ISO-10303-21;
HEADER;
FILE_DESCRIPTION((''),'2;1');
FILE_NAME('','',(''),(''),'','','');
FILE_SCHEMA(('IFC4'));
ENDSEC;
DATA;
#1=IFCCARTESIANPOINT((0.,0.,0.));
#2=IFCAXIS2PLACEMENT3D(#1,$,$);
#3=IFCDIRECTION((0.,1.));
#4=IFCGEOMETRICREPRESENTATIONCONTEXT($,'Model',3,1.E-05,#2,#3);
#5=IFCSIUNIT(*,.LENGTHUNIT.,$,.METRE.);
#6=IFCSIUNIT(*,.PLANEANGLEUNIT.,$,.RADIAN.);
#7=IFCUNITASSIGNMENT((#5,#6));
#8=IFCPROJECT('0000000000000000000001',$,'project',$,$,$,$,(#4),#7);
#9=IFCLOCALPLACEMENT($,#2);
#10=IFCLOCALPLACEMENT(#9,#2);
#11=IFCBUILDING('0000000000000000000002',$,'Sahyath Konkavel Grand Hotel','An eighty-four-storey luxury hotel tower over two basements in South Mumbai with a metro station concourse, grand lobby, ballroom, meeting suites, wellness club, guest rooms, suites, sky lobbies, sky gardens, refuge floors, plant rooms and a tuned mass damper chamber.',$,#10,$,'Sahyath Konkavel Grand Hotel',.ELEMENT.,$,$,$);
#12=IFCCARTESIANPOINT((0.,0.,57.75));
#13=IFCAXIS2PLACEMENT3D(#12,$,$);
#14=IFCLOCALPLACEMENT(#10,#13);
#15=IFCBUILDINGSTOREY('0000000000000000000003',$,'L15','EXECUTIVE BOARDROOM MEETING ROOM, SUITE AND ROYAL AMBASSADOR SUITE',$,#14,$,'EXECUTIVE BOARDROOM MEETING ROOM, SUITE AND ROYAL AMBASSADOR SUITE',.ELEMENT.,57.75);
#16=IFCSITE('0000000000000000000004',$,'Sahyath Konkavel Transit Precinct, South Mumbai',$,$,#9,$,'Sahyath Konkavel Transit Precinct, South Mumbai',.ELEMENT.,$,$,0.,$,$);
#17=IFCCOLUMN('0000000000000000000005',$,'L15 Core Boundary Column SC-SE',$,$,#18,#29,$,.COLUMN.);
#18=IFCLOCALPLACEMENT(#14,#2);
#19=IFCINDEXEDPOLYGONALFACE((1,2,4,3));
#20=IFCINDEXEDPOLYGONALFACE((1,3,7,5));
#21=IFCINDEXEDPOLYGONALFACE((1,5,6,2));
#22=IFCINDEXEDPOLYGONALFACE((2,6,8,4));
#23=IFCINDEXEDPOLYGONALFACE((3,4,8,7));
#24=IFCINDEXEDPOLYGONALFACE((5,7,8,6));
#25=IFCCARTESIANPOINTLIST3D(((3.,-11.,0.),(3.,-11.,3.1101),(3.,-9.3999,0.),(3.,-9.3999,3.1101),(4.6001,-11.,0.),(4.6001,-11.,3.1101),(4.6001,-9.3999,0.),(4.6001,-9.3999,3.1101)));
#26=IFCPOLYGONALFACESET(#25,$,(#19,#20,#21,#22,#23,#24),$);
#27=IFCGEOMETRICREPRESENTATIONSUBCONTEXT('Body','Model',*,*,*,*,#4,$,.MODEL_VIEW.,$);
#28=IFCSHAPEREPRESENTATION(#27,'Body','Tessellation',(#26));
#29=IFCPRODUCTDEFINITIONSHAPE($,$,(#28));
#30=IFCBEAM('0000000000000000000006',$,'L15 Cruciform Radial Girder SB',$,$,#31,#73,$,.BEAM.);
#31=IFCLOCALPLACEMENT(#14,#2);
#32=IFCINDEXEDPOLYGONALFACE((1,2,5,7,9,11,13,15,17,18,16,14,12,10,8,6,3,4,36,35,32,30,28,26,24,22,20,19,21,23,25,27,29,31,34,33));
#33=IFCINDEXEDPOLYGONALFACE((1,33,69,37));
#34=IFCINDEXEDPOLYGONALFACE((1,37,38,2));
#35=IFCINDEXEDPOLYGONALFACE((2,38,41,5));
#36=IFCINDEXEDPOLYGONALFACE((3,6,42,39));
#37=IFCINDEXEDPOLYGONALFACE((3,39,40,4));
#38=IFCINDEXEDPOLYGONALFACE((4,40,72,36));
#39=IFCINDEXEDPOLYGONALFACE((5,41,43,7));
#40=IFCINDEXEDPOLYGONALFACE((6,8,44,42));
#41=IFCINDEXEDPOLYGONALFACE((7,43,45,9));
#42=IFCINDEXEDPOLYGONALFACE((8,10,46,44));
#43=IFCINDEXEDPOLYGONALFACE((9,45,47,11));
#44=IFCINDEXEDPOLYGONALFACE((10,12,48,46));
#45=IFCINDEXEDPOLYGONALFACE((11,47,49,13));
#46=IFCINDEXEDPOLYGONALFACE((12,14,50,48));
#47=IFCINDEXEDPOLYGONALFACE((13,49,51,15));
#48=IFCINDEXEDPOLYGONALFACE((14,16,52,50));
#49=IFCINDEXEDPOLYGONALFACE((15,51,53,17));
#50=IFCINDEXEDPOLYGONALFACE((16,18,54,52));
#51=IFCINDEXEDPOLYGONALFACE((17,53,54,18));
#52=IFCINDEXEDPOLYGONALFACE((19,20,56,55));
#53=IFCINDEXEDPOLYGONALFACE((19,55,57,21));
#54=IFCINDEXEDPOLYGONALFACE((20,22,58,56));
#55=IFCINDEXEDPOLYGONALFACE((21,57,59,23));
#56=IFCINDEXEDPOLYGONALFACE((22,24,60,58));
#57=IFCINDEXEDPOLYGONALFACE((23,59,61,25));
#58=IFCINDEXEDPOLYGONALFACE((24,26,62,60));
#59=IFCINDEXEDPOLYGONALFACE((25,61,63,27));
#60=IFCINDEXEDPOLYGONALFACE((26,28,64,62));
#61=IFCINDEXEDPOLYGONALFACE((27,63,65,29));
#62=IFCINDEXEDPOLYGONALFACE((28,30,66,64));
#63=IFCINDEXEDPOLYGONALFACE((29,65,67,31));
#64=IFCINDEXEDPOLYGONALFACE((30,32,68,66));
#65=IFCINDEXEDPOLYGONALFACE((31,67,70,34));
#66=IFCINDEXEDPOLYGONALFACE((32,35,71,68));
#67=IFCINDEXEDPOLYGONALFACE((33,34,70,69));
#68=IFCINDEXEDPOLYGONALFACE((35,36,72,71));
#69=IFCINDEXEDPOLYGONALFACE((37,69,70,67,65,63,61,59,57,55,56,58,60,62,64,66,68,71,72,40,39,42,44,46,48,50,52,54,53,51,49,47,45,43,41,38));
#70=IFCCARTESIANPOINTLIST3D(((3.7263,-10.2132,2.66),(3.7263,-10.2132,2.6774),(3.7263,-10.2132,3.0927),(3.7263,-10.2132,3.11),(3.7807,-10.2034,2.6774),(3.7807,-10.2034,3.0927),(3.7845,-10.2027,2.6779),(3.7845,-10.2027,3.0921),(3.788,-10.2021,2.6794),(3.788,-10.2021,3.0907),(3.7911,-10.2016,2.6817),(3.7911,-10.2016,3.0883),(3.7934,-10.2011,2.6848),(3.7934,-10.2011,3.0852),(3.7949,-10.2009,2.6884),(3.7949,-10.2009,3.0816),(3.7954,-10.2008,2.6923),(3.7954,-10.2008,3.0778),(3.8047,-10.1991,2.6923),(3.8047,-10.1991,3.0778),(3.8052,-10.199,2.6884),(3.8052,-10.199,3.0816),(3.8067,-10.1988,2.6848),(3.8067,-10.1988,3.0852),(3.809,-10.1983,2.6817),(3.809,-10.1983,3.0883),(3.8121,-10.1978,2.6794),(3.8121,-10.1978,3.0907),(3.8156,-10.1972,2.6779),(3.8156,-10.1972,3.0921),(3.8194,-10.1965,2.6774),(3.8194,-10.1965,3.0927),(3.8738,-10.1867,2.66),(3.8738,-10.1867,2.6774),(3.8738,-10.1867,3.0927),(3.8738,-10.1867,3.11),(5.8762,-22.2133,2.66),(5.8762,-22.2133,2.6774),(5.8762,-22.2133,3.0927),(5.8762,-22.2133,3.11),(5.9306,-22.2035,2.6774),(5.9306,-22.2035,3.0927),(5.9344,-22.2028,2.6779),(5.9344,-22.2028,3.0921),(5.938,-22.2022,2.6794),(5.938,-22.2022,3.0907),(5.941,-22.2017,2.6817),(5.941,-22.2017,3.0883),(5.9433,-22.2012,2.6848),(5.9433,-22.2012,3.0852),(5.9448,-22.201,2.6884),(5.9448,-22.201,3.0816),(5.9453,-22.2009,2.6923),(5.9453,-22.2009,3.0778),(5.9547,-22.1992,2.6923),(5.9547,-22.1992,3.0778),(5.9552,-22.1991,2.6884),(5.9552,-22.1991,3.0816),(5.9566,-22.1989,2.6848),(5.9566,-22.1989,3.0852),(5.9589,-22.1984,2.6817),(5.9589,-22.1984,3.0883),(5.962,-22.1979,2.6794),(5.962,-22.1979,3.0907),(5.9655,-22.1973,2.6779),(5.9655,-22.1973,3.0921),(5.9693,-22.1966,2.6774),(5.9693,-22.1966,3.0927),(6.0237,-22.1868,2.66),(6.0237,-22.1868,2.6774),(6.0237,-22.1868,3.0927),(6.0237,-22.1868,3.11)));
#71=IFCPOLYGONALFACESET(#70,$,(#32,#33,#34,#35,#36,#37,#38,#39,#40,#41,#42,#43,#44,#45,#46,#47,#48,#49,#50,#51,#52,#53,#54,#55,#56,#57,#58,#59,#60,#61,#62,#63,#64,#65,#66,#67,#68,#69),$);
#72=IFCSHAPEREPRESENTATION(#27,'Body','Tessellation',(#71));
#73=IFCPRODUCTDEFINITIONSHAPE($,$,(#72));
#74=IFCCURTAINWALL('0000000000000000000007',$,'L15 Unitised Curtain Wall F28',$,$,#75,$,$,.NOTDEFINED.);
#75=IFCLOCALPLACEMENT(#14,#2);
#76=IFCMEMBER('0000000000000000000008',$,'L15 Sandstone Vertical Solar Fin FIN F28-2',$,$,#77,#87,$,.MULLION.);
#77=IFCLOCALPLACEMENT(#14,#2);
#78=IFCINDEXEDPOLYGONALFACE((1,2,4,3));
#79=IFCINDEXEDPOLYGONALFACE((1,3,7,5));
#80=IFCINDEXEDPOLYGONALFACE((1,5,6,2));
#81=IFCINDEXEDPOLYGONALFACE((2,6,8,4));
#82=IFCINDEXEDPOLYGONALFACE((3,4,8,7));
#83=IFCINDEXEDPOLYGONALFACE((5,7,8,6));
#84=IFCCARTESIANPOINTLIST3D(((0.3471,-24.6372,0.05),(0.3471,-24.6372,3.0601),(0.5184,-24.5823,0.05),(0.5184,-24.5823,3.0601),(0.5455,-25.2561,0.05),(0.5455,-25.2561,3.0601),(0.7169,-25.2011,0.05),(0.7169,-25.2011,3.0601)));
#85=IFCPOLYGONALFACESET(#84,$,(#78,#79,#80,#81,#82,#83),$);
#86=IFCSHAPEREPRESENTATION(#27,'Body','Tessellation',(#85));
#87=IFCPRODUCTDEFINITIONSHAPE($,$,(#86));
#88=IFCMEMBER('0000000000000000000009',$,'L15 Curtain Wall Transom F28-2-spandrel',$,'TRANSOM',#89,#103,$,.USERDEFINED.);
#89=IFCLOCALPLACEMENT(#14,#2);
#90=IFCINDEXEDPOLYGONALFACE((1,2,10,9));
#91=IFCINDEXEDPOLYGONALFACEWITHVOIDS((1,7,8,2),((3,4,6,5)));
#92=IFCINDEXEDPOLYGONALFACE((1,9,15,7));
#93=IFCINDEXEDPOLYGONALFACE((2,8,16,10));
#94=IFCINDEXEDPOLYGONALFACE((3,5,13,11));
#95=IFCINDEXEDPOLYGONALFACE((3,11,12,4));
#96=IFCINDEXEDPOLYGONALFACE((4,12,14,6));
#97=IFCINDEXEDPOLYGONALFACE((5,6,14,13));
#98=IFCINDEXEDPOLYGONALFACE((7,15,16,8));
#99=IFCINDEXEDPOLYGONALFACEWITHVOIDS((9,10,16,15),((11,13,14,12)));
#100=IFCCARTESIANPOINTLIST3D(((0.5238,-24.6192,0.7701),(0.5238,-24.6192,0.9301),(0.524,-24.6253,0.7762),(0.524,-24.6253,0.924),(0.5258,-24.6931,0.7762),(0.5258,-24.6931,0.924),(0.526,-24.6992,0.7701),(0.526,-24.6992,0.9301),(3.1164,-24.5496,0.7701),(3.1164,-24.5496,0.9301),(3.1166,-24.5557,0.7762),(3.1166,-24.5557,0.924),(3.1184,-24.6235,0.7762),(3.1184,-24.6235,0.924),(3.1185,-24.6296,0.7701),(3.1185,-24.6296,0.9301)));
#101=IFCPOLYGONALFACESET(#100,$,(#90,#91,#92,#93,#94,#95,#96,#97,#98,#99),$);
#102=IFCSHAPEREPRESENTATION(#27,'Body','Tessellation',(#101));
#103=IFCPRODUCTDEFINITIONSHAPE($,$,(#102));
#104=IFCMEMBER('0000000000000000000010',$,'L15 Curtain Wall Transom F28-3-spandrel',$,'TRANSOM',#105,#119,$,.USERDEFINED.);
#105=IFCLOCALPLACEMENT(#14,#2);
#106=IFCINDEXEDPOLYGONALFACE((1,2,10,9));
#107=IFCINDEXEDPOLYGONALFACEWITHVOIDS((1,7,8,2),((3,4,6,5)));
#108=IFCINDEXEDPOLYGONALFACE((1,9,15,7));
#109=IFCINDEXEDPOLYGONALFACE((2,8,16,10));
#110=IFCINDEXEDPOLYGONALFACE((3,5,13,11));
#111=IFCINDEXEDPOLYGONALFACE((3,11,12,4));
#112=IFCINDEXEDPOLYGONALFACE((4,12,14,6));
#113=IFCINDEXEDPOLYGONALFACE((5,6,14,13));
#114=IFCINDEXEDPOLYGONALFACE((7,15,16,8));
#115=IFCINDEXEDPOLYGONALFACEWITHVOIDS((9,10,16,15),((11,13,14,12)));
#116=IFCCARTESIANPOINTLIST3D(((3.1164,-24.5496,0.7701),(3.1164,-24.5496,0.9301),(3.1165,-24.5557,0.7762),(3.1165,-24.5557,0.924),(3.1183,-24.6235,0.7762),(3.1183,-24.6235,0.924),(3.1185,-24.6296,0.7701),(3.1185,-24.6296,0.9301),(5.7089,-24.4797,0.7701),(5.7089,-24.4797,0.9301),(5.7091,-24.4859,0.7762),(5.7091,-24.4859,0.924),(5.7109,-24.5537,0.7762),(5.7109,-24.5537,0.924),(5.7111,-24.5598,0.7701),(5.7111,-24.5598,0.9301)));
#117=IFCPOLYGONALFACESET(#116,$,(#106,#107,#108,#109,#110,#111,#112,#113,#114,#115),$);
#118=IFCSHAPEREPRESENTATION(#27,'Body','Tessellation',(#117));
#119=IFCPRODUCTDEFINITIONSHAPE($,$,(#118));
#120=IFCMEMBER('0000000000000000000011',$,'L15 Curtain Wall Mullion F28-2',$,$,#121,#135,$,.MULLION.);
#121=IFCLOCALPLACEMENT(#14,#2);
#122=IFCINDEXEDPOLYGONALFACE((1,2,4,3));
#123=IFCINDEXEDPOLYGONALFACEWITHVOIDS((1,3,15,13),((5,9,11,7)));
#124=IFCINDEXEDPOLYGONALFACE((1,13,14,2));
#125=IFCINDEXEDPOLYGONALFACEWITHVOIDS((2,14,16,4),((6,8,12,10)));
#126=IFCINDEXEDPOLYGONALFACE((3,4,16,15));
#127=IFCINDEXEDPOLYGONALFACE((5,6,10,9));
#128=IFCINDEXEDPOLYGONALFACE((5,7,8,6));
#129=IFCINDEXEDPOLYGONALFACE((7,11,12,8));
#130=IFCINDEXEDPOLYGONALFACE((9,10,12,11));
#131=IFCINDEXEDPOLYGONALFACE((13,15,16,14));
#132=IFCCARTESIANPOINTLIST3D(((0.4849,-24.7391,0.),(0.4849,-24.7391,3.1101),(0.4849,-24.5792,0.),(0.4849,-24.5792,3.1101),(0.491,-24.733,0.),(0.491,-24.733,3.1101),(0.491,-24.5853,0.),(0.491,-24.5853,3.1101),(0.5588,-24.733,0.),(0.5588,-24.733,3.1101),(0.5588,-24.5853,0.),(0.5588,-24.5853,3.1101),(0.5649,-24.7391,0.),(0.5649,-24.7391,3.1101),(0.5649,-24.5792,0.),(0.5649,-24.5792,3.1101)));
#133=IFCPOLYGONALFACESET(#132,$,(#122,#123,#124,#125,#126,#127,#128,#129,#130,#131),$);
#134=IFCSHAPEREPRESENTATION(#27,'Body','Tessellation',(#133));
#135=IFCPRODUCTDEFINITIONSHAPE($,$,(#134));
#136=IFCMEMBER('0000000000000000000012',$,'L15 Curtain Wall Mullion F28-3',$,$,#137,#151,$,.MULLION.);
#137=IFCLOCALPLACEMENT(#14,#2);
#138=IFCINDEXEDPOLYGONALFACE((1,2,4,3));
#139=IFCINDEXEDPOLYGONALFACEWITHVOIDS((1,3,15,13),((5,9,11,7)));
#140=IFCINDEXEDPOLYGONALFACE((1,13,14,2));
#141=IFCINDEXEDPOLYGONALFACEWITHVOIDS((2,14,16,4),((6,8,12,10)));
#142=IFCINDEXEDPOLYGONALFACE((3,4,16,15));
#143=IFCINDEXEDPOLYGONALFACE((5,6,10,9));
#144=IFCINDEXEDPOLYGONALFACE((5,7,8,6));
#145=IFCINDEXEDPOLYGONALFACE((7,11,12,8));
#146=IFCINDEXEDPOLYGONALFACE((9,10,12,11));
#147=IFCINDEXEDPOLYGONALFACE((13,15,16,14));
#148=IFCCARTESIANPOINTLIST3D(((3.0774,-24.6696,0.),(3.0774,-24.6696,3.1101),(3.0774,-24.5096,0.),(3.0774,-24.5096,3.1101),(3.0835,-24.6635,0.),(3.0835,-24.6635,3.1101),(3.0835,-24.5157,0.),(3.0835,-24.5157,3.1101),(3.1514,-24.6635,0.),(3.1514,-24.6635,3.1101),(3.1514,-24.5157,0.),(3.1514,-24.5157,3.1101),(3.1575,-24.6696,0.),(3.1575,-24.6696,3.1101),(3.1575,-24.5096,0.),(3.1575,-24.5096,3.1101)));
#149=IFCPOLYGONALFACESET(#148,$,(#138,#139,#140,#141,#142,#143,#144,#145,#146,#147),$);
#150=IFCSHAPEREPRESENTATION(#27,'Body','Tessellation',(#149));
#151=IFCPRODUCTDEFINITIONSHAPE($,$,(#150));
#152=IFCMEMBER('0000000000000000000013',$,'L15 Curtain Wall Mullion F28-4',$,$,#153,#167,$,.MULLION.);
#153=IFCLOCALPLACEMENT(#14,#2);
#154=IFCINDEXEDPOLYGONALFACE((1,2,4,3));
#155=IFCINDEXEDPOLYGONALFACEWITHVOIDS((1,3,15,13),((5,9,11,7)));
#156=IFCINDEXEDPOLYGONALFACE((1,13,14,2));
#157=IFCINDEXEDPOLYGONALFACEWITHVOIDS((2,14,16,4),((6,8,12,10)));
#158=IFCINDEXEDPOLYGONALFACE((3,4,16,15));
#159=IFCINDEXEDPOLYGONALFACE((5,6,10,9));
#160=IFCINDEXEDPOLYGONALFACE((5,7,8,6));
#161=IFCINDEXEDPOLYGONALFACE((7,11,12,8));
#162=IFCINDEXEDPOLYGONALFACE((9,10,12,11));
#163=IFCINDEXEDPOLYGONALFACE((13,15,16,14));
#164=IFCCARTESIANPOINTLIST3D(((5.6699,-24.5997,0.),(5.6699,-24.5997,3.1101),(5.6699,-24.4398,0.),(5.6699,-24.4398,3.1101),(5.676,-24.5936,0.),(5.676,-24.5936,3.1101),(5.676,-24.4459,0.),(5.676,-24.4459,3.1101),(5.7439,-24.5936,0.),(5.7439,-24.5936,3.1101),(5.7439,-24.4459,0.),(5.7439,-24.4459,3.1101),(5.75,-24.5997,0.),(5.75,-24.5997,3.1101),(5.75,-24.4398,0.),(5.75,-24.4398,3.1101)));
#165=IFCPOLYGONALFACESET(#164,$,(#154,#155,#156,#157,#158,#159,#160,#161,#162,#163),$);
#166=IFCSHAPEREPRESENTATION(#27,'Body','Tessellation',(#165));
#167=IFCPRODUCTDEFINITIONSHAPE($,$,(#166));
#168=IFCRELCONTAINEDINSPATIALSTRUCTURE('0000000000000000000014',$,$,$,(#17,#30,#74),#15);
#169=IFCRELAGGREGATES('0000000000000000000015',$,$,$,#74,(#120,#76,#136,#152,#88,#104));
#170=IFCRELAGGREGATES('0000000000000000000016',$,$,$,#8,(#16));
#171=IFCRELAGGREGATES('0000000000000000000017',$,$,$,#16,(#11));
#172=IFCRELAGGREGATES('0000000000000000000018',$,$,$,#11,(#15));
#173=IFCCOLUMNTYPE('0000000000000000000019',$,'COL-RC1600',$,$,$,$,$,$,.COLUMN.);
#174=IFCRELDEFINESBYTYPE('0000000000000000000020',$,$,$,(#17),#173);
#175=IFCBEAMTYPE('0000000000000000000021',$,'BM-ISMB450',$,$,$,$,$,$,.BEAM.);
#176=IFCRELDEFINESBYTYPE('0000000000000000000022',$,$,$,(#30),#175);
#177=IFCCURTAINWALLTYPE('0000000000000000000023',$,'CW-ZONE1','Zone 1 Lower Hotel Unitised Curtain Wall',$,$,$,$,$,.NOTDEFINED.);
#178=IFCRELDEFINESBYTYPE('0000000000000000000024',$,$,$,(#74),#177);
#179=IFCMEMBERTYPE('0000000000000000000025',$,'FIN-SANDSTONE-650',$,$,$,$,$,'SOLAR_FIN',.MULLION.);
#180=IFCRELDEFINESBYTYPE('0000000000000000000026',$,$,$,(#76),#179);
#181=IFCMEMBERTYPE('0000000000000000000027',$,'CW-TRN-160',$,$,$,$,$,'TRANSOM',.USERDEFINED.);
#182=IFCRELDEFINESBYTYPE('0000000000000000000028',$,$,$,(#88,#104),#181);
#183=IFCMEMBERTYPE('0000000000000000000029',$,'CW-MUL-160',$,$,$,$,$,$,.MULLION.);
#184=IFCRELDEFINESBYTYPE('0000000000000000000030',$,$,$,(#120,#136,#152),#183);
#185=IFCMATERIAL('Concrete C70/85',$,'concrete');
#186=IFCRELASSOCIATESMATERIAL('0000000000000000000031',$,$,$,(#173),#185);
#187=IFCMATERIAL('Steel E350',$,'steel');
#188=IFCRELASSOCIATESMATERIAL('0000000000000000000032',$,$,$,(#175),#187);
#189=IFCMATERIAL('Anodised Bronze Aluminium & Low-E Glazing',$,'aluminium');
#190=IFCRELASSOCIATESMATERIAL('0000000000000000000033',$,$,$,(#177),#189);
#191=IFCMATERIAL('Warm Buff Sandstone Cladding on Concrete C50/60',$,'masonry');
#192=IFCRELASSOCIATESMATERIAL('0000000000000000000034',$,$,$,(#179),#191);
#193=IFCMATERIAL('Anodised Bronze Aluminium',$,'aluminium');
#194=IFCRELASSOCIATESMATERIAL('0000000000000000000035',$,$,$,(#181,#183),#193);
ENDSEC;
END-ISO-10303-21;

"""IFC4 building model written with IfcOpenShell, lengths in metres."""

from ifc_helpers import new_model, si_unit, direction, frame, origin, origin_2d, place, context, subcontext, project, spatial, rectangle, hollow_rectangle, i_section, extrude, source, transform, mapped, material, material_profile, profile_set, type_object, element, aggregate, save


model = new_model("IFC4")

# Units and contexts
model_context = context("Model", 3, precision=1e-05, world=origin(), true_north=direction((0.0, 1.0)))
body_context = subcontext(model_context, "Body", "Model", "MODEL_VIEW")
ifc_project = project(units=[si_unit("LENGTHUNIT", "METRE"), si_unit("PLANEANGLEUNIT", "RADIAN")], contexts=[model_context])

# Site, building, storey
site_placement = place(None, origin())
site = spatial("IfcSite", under=ifc_project, at=site_placement, Name="Sahyath Konkavel Transit Precinct, South Mumbai", LongName="Sahyath Konkavel Transit Precinct, South Mumbai", CompositionType="ELEMENT", RefElevation=0.0)
building_placement = place(site_placement, origin())
building = spatial("IfcBuilding", under=site, at=building_placement, Name="Sahyath Konkavel Grand Hotel", Description="An eighty-four-storey luxury hotel tower over two basements in South Mumbai with a metro station concourse, grand lobby, ballroom, meeting suites, wellness club, guest rooms, suites, sky lobbies, sky gardens, refuge floors, plant rooms and a tuned mass damper chamber.", LongName="Sahyath Konkavel Grand Hotel", CompositionType="ELEMENT")
storey_placement = place(building_placement, frame((0.0, 0.0, 57.75)))
storey = spatial("IfcBuildingStorey", under=building, at=storey_placement, Name="L15", Description="EXECUTIVE BOARDROOM MEETING ROOM, SUITE AND ROYAL AMBASSADOR SUITE", LongName="EXECUTIVE BOARDROOM MEETING ROOM, SUITE AND ROYAL AMBASSADOR SUITE", CompositionType="ELEMENT", Elevation=57.75)

# Column
ifc_material_1 = material(Name="Concrete C70/85", Category="concrete")
ifc_material_profile_1 = material_profile(ifc_material_1, rectangle(XDim=1.6001, YDim=1.6001, at=origin_2d()), Name="RC 1600x1600")
ifc_profile_set_1 = profile_set([ifc_material_profile_1], Name="Concrete C70/85")
column_type = type_object("IfcColumnType", Name="COL-RC1600", PredefinedType="COLUMN", material=ifc_profile_set_1)
shared_shape_1 = source(origin(), body_context, "Body", "SweptSolid", [
    extrude(rectangle(XDim=1.6001, YDim=1.6001, at=origin_2d()), origin(), (0.0, 0.0, 1.0), 3.1101),
])
column_placement = place(storey_placement, frame((3.8, -10.2, 0.0), z_axis=(0.0, 0.0, 1.0), x_axis=(1.0, 0.0, 0.0)))
element("IfcColumn", 1, at=column_placement, inside=storey, type_object=column_type, Name="L15 Core Boundary Column SC-SE", PredefinedType="COLUMN", context=body_context, shape_type="MappedRepresentation", body=[
    mapped(shared_shape_1, transform((0.0, 0.0, 0.0), scale=1.0)),
])

# Beam
ifc_material_2 = material(Name="Steel E350", Category="steel")
ifc_material_profile_2 = material_profile(ifc_material_2, i_section(OverallWidth=0.1499, OverallDepth=0.45, WebThickness=0.0095, FlangeThickness=0.0173, FilletRadius=0.0149, at=origin_2d()), Name="ISMB 450")
ifc_profile_set_2 = profile_set([ifc_material_profile_2], Name="Steel E350")
beam_type_1 = type_object("IfcBeamType", Name="BM-ISMB450", PredefinedType="BEAM", material=ifc_profile_set_2)
shared_shape_2 = source(origin(), body_context, "Body", "SweptSolid", [
    extrude(i_section(OverallWidth=0.1499, OverallDepth=0.45, WebThickness=0.0095, FlangeThickness=0.0173, FilletRadius=0.0149, at=origin_2d()), origin(), (0.0, 0.0, 1.0), 12.1912),
])
beam_1_placement = place(storey_placement, frame((3.8, -10.2, 2.885), z_axis=(0.176351, -0.984327, 0.0), x_axis=(0.984327, 0.176351, 0.0)))
element("IfcBeam", 2, at=beam_1_placement, inside=storey, type_object=beam_type_1, Name="L15 Cruciform Radial Girder SB", PredefinedType="BEAM", context=body_context, shape_type="MappedRepresentation", body=[
    mapped(shared_shape_2, transform((0.0, 0.0, 0.0), scale=1.0)),
])

# Curtain wall, members
ifc_material_3 = material(Name="Anodised Bronze Aluminium & Low-E Glazing", Category="aluminium")
curtain_wall_type = type_object("IfcCurtainWallType", Name="CW-ZONE1", Description="Zone 1 Lower Hotel Unitised Curtain Wall", PredefinedType="NOTDEFINED", material=ifc_material_3)
curtain_wall_placement = place(storey_placement, origin())
curtain_wall = element("IfcCurtainWall", 3, at=curtain_wall_placement, inside=storey, type_object=curtain_wall_type, Name="L15 Unitised Curtain Wall F28", PredefinedType="NOTDEFINED")
ifc_material_4 = material(Name="Warm Buff Sandstone Cladding on Concrete C50/60", Category="masonry")
ifc_material_profile_3 = material_profile(ifc_material_4, rectangle(XDim=0.1799, YDim=0.6499, at=origin_2d()), Name="FIN 180x650")
ifc_profile_set_3 = profile_set([ifc_material_profile_3], Name="Warm Buff Sandstone Cladding on Concrete C50/60")
member_type_1 = type_object("IfcMemberType", Name="FIN-SANDSTONE-650", ElementType="SOLAR_FIN", PredefinedType="MULLION", material=ifc_profile_set_3)
shared_shape_3 = source(origin(), body_context, "Body", "SweptSolid", [
    extrude(rectangle(XDim=0.1799, YDim=0.6499, at=origin_2d()), origin(), (0.0, 0.0, 1.0), 3.01),
])
member_1_placement = place(storey_placement, frame((0.532, -24.9192, 0.05), z_axis=(0.0, 0.0, 1.0), x_axis=(0.952236, 0.305363, 0.0)))
member_1 = element("IfcMember", 4, at=member_1_placement, type_object=member_type_1, Name="L15 Sandstone Vertical Solar Fin FIN F28-2", PredefinedType="MULLION", context=body_context, shape_type="MappedRepresentation", body=[
    mapped(shared_shape_3, transform((0.0, 0.0, 0.0), scale=1.0)),
])
ifc_material_5 = material(Name="Anodised Bronze Aluminium", Category="aluminium")
ifc_material_profile_4 = material_profile(ifc_material_5, hollow_rectangle(XDim=0.0801, YDim=0.1599, WallThickness=0.0061, at=origin_2d()), Name="RHS 160x80x6")
ifc_profile_set_4 = profile_set([ifc_material_profile_4], Name="Anodised Bronze Aluminium")
member_type_2 = type_object("IfcMemberType", Name="CW-TRN-160", ElementType="TRANSOM", PredefinedType="USERDEFINED", material=ifc_profile_set_4)
shared_shape_4 = source(origin(), body_context, "Body", "SweptSolid", [
    extrude(hollow_rectangle(XDim=0.0801, YDim=0.1599, WallThickness=0.0061, at=origin_2d()), origin(), (0.0, 0.0, 1.0), 2.5935),
])
member_2_placement = place(storey_placement, frame((0.5249, -24.6592, 0.8501), z_axis=(0.99964, 0.026829, 0.0), x_axis=(-0.026829, 0.99964, 0.0)))
member_2 = element("IfcMember", 5, at=member_2_placement, type_object=member_type_2, Name="L15 Curtain Wall Transom F28-2-spandrel", ObjectType="TRANSOM", PredefinedType="USERDEFINED", context=body_context, shape_type="MappedRepresentation", body=[
    mapped(shared_shape_4, transform((0.0, 0.0, 0.0), scale=1.0)),
])
member_3_placement = place(storey_placement, frame((3.1174, -24.5896, 0.8501), z_axis=(0.999638, 0.026923, 0.0), x_axis=(-0.026923, 0.999638, 0.0)))
member_3 = element("IfcMember", 6, at=member_3_placement, type_object=member_type_2, Name="L15 Curtain Wall Transom F28-3-spandrel", ObjectType="TRANSOM", PredefinedType="USERDEFINED", context=body_context, shape_type="MappedRepresentation", body=[
    mapped(shared_shape_4, transform((0.0, 0.0, 0.0), scale=1.0)),
])
ifc_material_profile_5 = material_profile(ifc_material_5, hollow_rectangle(XDim=0.0801, YDim=0.1599, WallThickness=0.0061, at=origin_2d()), Name="RHS 160x80x6")
ifc_profile_set_5 = profile_set([ifc_material_profile_5], Name="Anodised Bronze Aluminium")
member_type_3 = type_object("IfcMemberType", Name="CW-MUL-160", PredefinedType="MULLION", material=ifc_profile_set_5)
shared_shape_5 = source(origin(), body_context, "Body", "SweptSolid", [
    extrude(hollow_rectangle(XDim=0.0801, YDim=0.1599, WallThickness=0.0061, at=origin_2d()), origin(), (0.0, 0.0, 1.0), 3.1101),
])
member_4_placement = place(storey_placement, frame((0.5249, -24.6592, 0.0), z_axis=(0.0, 0.0, 1.0), x_axis=(1.0, 0.0, 0.0)))
member_4 = element("IfcMember", 7, at=member_4_placement, type_object=member_type_3, Name="L15 Curtain Wall Mullion F28-2", PredefinedType="MULLION", context=body_context, shape_type="MappedRepresentation", body=[
    mapped(shared_shape_5, transform((0.0, 0.0, 0.0), scale=1.0)),
])
member_5_placement = place(storey_placement, frame((3.1174, -24.5896, 0.0), z_axis=(0.0, 0.0, 1.0), x_axis=(1.0, 0.0, 0.0)))
member_5 = element("IfcMember", 8, at=member_5_placement, type_object=member_type_3, Name="L15 Curtain Wall Mullion F28-3", PredefinedType="MULLION", context=body_context, shape_type="MappedRepresentation", body=[
    mapped(shared_shape_5, transform((0.0, 0.0, 0.0), scale=1.0)),
])
member_6_placement = place(storey_placement, frame((5.71, -24.5198, 0.0), z_axis=(0.0, 0.0, 1.0), x_axis=(1.0, 0.0, 0.0)))
member_6 = element("IfcMember", 9, at=member_6_placement, type_object=member_type_3, Name="L15 Curtain Wall Mullion F28-4", PredefinedType="MULLION", context=body_context, shape_type="MappedRepresentation", body=[
    mapped(shared_shape_5, transform((0.0, 0.0, 0.0), scale=1.0)),
])

aggregate(curtain_wall, [member_4, member_1, member_5, member_6, member_2, member_3])

save(model, "model.ifc")
